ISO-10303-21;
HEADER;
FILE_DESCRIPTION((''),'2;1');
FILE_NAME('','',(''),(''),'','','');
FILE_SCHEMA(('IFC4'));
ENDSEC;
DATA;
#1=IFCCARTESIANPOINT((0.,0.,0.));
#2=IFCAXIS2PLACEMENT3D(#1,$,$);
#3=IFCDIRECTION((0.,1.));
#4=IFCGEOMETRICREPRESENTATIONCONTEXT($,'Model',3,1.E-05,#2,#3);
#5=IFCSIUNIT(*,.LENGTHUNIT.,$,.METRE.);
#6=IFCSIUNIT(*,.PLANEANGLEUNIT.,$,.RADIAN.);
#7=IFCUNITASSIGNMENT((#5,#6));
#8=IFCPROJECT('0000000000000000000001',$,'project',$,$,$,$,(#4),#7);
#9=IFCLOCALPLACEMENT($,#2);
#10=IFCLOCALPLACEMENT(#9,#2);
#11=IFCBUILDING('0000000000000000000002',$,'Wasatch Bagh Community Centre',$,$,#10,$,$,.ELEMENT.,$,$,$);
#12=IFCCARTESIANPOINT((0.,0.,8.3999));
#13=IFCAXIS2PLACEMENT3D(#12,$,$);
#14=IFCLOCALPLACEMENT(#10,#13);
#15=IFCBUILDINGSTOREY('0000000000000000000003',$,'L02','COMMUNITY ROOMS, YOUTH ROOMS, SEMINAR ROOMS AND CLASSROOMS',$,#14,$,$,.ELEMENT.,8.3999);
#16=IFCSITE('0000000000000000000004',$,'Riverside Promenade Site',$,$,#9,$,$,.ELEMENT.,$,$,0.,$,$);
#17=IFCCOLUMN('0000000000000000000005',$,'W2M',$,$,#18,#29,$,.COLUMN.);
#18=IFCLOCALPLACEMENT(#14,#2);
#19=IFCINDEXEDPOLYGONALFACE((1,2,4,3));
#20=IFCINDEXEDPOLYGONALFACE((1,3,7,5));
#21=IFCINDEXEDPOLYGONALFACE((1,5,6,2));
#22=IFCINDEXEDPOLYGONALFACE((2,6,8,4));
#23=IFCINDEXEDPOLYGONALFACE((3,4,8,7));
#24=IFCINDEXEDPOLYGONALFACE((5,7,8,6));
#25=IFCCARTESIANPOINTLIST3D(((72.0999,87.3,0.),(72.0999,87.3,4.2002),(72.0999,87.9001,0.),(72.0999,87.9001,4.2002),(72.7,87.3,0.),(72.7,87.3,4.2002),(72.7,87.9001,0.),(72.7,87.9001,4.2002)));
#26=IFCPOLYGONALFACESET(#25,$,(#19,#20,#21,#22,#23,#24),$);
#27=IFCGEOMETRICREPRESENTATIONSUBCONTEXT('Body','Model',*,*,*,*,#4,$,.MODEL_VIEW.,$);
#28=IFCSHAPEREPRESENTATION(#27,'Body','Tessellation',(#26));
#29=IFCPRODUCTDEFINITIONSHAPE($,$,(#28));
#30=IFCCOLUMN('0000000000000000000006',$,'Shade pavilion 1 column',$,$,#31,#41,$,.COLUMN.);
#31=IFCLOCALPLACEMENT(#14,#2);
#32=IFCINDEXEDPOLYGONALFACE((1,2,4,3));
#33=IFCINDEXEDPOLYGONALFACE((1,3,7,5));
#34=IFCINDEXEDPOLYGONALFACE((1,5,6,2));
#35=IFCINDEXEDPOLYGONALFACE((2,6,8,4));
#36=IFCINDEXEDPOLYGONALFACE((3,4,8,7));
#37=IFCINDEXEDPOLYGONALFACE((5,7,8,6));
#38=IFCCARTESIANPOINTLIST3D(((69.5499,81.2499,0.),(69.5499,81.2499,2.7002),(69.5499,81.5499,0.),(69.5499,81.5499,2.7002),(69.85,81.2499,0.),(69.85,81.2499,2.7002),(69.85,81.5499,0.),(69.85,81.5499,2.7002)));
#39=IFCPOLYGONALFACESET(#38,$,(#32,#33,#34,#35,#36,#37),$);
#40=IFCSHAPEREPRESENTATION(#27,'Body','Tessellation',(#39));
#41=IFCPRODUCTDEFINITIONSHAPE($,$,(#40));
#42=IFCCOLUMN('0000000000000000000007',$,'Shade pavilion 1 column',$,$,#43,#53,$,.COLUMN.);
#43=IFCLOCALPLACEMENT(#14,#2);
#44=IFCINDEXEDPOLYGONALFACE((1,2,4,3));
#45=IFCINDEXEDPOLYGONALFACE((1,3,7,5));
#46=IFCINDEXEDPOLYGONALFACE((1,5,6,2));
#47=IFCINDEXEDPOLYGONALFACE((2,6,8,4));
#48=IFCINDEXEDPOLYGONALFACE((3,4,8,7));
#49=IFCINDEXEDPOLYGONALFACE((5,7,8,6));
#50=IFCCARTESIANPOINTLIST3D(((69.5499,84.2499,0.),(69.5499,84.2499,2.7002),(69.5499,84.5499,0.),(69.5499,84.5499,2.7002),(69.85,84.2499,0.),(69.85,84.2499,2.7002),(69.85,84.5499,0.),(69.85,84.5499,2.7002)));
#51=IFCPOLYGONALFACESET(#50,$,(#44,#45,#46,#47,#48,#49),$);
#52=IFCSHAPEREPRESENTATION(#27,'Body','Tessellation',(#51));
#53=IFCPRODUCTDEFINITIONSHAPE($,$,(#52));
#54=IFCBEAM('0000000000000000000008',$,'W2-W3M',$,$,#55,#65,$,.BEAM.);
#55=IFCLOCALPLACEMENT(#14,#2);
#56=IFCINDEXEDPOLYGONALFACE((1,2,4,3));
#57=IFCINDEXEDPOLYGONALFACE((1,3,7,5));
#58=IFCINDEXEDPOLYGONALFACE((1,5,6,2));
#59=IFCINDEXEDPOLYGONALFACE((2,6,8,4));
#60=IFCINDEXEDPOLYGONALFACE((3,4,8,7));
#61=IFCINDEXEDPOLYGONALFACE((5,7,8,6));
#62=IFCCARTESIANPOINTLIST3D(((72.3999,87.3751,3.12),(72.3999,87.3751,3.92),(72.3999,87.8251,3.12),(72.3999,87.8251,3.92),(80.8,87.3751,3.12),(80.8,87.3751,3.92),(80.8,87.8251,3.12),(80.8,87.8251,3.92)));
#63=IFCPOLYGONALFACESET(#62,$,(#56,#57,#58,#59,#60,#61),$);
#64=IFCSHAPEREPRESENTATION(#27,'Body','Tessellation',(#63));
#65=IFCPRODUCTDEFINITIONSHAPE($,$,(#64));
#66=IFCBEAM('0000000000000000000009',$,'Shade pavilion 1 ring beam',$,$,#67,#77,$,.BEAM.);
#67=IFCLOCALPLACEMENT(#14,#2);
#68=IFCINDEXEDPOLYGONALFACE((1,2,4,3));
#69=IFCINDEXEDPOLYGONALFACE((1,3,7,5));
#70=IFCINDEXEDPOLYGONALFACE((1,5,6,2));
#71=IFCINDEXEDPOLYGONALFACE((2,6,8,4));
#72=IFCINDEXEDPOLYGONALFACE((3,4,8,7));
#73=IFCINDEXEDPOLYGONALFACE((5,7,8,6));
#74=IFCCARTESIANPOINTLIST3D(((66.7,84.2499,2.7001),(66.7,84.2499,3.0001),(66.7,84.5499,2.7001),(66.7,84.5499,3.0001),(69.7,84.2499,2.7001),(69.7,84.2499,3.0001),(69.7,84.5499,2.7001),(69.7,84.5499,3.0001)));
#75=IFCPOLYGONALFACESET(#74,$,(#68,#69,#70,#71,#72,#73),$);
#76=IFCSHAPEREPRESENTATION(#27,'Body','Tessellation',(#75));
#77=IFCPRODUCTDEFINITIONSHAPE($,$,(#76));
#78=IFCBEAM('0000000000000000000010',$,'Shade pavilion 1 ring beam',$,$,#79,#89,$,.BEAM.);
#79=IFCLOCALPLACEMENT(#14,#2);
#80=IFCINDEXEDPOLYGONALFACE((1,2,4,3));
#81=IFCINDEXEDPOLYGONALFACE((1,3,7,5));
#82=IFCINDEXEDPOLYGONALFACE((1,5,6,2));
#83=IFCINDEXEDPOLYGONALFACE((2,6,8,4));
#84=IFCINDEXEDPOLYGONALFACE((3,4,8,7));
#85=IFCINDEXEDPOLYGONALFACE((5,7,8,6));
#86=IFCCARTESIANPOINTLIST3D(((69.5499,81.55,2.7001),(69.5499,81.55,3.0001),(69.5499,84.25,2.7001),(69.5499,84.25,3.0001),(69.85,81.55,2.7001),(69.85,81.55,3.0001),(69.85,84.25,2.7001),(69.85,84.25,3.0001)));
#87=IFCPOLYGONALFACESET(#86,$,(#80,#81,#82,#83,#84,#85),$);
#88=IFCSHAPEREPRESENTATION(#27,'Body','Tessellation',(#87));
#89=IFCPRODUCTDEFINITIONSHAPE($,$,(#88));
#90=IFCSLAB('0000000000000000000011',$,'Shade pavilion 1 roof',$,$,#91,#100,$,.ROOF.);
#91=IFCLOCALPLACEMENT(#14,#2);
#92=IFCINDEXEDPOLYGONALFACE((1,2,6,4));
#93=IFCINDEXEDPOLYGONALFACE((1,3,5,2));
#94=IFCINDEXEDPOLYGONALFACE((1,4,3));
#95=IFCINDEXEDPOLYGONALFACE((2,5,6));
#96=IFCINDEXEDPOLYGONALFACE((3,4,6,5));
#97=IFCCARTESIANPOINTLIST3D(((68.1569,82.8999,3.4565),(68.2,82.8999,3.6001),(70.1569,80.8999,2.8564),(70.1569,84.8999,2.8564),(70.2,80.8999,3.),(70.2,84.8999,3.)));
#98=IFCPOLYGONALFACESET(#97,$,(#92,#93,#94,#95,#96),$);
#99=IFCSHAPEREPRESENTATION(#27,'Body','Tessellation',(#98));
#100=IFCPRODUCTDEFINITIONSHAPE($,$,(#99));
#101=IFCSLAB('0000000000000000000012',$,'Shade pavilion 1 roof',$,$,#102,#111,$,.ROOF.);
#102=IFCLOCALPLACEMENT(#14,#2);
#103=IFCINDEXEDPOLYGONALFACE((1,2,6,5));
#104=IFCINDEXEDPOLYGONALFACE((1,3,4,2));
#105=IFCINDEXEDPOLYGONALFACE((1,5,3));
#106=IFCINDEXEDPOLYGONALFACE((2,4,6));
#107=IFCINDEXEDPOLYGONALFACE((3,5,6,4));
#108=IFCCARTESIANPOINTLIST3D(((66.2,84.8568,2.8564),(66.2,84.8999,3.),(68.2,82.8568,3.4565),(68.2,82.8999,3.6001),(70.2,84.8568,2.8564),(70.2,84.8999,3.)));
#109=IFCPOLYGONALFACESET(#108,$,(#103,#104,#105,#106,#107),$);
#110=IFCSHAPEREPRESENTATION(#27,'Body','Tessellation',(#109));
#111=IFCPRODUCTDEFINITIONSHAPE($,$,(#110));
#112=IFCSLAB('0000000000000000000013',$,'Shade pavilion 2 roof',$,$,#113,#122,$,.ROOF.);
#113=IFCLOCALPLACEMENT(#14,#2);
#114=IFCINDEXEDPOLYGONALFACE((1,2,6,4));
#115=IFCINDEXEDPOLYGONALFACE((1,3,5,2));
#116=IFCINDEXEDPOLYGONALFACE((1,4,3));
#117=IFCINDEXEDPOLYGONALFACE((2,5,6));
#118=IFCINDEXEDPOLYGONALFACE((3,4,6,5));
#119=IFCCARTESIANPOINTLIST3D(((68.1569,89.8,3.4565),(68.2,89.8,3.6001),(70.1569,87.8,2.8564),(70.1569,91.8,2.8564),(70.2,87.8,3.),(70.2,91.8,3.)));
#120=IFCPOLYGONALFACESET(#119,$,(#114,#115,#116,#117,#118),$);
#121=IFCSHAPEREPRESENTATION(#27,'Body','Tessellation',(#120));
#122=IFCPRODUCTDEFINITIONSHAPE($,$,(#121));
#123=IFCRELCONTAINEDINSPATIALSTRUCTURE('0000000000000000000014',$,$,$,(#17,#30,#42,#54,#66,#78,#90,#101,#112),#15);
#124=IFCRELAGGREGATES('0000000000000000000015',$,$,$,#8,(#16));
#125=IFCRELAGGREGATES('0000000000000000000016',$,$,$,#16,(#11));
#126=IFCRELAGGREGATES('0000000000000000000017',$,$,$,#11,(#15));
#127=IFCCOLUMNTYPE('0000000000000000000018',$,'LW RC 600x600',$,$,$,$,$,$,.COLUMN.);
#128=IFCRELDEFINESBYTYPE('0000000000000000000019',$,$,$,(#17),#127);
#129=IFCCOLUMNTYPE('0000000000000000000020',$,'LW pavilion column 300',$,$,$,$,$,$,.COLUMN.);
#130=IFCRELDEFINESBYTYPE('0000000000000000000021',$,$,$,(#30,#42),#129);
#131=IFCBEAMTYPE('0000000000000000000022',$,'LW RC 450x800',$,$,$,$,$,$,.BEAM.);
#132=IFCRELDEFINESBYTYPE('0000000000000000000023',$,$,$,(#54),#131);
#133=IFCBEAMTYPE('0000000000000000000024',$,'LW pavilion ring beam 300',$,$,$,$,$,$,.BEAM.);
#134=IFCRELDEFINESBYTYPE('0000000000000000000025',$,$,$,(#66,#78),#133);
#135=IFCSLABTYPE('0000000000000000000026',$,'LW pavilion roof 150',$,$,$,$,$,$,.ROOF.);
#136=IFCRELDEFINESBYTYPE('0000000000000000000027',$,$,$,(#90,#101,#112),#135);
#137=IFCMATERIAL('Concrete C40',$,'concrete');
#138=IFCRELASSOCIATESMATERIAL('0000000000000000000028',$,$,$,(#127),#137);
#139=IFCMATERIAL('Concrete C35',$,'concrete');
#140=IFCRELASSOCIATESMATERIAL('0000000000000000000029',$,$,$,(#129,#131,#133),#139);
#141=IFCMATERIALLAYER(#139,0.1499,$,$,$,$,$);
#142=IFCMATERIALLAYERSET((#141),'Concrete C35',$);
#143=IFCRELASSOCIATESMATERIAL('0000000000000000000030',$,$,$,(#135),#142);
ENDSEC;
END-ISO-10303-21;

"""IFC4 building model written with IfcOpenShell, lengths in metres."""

from ifc_helpers import new_model, si_unit, direction, frame, origin, origin_2d, place, context, subcontext, project, spatial, polyline, rectangle, outline, extrude, material, layer, layer_set, material_profile, profile_set, type_object, element, save


model = new_model("IFC4")

# Units and contexts
model_context = context("Model", 3, precision=1e-05, world=origin(), true_north=direction((0.0, 1.0)))
body_context = subcontext(model_context, "Body", "Model", "MODEL_VIEW")
ifc_project = project(units=[si_unit("LENGTHUNIT", "METRE"), si_unit("PLANEANGLEUNIT", "RADIAN")], contexts=[model_context])

# Site, building, storey
site_placement = place(None, origin())
site = spatial("IfcSite", under=ifc_project, at=site_placement, Name="Riverside Promenade Site", CompositionType="ELEMENT", RefElevation=0.0)
building_placement = place(site_placement, origin())
building = spatial("IfcBuilding", under=site, at=building_placement, Name="Wasatch Bagh Community Centre", CompositionType="ELEMENT")
storey_placement = place(building_placement, frame((0.0, 0.0, 8.3999)))
storey = spatial("IfcBuildingStorey", under=building, at=storey_placement, Name="L02", Description="COMMUNITY ROOMS, YOUTH ROOMS, SEMINAR ROOMS AND CLASSROOMS", CompositionType="ELEMENT", Elevation=8.3999)

# Columns
ifc_material_1 = material(Name="Concrete C40", Category="concrete")
ifc_material_profile_1 = material_profile(ifc_material_1, rectangle(XDim=0.6001, YDim=0.6001, at=origin_2d()), Name="RC 600x600")
ifc_profile_set_1 = profile_set([ifc_material_profile_1], Name="Concrete C40")
column_type_1 = type_object("IfcColumnType", Name="LW RC 600x600", PredefinedType="COLUMN", material=ifc_profile_set_1)
column_placement = place(storey_placement, frame((72.3999, 87.6001, 0.0), z_axis=(0.0, 0.0, 1.0), x_axis=(1.0, 0.0, 0.0)))
element("IfcColumn", 1, at=column_placement, inside=storey, type_object=column_type_1, Name="W2M", PredefinedType="COLUMN", context=body_context, shape_type="SweptSolid", body=[
    extrude(rectangle(XDim=0.6001, YDim=0.6001, at=origin_2d()), origin(), (0.0, 0.0, 1.0), 4.2002),
])
ifc_material_2 = material(Name="Concrete C35", Category="concrete")
ifc_material_profile_2 = material_profile(ifc_material_2, rectangle(XDim=0.3, YDim=0.3, at=origin_2d()), Name="RC 300x300")
ifc_profile_set_2 = profile_set([ifc_material_profile_2], Name="Concrete C35")
column_type_2 = type_object("IfcColumnType", Name="LW pavilion column 300", PredefinedType="COLUMN", material=ifc_profile_set_2)
for number, where, z_axis, x_axis, name in (
    (2, (69.7, 81.3999, 0.0), (0.0, 0.0, 1.0), (1.0, 0.0, 0.0), "Shade pavilion 1 column"),
    (3, (69.7, 84.3999, 0.0), (0.0, 0.0, 1.0), (1.0, 0.0, 0.0), "Shade pavilion 1 column"),
):
    element("IfcColumn", number, at=place(storey_placement, frame(where, z_axis=z_axis, x_axis=x_axis)), inside=storey, type_object=column_type_2, Name=name, PredefinedType="COLUMN", context=body_context, shape_type="SweptSolid", body=[
        extrude(rectangle(XDim=0.3, YDim=0.3, at=origin_2d()), origin(), (0.0, 0.0, 1.0), 2.7002),
    ])

# Beams
ifc_material_profile_3 = material_profile(ifc_material_2, rectangle(XDim=0.45, YDim=0.8, at=origin_2d()), Name="RC 450x800")
ifc_profile_set_3 = profile_set([ifc_material_profile_3], Name="Concrete C35")
beam_type_1 = type_object("IfcBeamType", Name="LW RC 450x800", PredefinedType="BEAM", material=ifc_profile_set_3)
beam_1_placement = place(storey_placement, frame((72.3999, 87.6001, 3.52), z_axis=(1.0, 0.0, 0.0), x_axis=(0.0, 1.0, 0.0)))
element("IfcBeam", 4, at=beam_1_placement, inside=storey, type_object=beam_type_1, Name="W2-W3M", PredefinedType="BEAM", context=body_context, shape_type="SweptSolid", body=[
    extrude(rectangle(XDim=0.45, YDim=0.8, at=origin_2d()), origin(), (0.0, 0.0, 1.0), 8.4001),
])
ifc_material_profile_4 = material_profile(ifc_material_2, rectangle(XDim=0.3, YDim=0.3, at=origin_2d()), Name="RC 300x300")
ifc_profile_set_4 = profile_set([ifc_material_profile_4], Name="Concrete C35")
beam_type_2 = type_object("IfcBeamType", Name="LW pavilion ring beam 300", PredefinedType="BEAM", material=ifc_profile_set_4)
beam_2_placement = place(storey_placement, frame((66.7, 84.3999, 2.8501), z_axis=(1.0, 0.0, 0.0), x_axis=(0.0, 1.0, 0.0)))
element("IfcBeam", 5, at=beam_2_placement, inside=storey, type_object=beam_type_2, Name="Shade pavilion 1 ring beam", PredefinedType="BEAM", context=body_context, shape_type="SweptSolid", body=[
    extrude(rectangle(XDim=0.3, YDim=0.3, at=origin_2d()), origin(), (0.0, 0.0, 1.0), 3.0),
])
beam_3_placement = place(storey_placement, frame((69.7, 81.55, 2.8501), z_axis=(0.0, 1.0, 0.0), x_axis=(-1.0, 0.0, 0.0)))
element("IfcBeam", 6, at=beam_3_placement, inside=storey, type_object=beam_type_2, Name="Shade pavilion 1 ring beam", PredefinedType="BEAM", context=body_context, shape_type="SweptSolid", body=[
    extrude(rectangle(XDim=0.3, YDim=0.3, at=origin_2d()), origin(), (0.0, 0.0, 1.0), 2.7),
])

# Slabs
ifc_layer_1 = layer(ifc_material_2, 0.1499)
ifc_layer_set_1 = layer_set([ifc_layer_1], Name="Concrete C35")
slab_type = type_object("IfcSlabType", Name="LW pavilion roof 150", PredefinedType="ROOF", material=ifc_layer_set_1)
for number, where, z_axis, x_axis, name in (
    (7, (70.2, 80.8999, 3.0), (0.287391, 0.0, 0.957813), (0.0, 1.0, 0.0), "Shade pavilion 1 roof"),
    (8, (70.2, 84.8999, 3.0), (0.0, 0.287391, 0.957813), (-1.0, 0.0, 0.0), "Shade pavilion 1 roof"),
    (9, (70.2, 87.8, 3.0), (0.287391, 0.0, 0.957813), (0.0, 1.0, 0.0), "Shade pavilion 2 roof"),
):
    element("IfcSlab", number, at=place(storey_placement, frame(where, z_axis=z_axis, x_axis=x_axis)), inside=storey, type_object=slab_type, Name=name, PredefinedType="ROOF", context=body_context, shape_type="SweptSolid", body=[
        extrude(outline(polyline([(0.0, 0.0), (4.0, 0.0), (2.0, 2.0881), (0.0, 0.0)])), origin(), (0.0, 0.0, -1.0), 0.1499),
    ])

save(model, "model.ifc")
